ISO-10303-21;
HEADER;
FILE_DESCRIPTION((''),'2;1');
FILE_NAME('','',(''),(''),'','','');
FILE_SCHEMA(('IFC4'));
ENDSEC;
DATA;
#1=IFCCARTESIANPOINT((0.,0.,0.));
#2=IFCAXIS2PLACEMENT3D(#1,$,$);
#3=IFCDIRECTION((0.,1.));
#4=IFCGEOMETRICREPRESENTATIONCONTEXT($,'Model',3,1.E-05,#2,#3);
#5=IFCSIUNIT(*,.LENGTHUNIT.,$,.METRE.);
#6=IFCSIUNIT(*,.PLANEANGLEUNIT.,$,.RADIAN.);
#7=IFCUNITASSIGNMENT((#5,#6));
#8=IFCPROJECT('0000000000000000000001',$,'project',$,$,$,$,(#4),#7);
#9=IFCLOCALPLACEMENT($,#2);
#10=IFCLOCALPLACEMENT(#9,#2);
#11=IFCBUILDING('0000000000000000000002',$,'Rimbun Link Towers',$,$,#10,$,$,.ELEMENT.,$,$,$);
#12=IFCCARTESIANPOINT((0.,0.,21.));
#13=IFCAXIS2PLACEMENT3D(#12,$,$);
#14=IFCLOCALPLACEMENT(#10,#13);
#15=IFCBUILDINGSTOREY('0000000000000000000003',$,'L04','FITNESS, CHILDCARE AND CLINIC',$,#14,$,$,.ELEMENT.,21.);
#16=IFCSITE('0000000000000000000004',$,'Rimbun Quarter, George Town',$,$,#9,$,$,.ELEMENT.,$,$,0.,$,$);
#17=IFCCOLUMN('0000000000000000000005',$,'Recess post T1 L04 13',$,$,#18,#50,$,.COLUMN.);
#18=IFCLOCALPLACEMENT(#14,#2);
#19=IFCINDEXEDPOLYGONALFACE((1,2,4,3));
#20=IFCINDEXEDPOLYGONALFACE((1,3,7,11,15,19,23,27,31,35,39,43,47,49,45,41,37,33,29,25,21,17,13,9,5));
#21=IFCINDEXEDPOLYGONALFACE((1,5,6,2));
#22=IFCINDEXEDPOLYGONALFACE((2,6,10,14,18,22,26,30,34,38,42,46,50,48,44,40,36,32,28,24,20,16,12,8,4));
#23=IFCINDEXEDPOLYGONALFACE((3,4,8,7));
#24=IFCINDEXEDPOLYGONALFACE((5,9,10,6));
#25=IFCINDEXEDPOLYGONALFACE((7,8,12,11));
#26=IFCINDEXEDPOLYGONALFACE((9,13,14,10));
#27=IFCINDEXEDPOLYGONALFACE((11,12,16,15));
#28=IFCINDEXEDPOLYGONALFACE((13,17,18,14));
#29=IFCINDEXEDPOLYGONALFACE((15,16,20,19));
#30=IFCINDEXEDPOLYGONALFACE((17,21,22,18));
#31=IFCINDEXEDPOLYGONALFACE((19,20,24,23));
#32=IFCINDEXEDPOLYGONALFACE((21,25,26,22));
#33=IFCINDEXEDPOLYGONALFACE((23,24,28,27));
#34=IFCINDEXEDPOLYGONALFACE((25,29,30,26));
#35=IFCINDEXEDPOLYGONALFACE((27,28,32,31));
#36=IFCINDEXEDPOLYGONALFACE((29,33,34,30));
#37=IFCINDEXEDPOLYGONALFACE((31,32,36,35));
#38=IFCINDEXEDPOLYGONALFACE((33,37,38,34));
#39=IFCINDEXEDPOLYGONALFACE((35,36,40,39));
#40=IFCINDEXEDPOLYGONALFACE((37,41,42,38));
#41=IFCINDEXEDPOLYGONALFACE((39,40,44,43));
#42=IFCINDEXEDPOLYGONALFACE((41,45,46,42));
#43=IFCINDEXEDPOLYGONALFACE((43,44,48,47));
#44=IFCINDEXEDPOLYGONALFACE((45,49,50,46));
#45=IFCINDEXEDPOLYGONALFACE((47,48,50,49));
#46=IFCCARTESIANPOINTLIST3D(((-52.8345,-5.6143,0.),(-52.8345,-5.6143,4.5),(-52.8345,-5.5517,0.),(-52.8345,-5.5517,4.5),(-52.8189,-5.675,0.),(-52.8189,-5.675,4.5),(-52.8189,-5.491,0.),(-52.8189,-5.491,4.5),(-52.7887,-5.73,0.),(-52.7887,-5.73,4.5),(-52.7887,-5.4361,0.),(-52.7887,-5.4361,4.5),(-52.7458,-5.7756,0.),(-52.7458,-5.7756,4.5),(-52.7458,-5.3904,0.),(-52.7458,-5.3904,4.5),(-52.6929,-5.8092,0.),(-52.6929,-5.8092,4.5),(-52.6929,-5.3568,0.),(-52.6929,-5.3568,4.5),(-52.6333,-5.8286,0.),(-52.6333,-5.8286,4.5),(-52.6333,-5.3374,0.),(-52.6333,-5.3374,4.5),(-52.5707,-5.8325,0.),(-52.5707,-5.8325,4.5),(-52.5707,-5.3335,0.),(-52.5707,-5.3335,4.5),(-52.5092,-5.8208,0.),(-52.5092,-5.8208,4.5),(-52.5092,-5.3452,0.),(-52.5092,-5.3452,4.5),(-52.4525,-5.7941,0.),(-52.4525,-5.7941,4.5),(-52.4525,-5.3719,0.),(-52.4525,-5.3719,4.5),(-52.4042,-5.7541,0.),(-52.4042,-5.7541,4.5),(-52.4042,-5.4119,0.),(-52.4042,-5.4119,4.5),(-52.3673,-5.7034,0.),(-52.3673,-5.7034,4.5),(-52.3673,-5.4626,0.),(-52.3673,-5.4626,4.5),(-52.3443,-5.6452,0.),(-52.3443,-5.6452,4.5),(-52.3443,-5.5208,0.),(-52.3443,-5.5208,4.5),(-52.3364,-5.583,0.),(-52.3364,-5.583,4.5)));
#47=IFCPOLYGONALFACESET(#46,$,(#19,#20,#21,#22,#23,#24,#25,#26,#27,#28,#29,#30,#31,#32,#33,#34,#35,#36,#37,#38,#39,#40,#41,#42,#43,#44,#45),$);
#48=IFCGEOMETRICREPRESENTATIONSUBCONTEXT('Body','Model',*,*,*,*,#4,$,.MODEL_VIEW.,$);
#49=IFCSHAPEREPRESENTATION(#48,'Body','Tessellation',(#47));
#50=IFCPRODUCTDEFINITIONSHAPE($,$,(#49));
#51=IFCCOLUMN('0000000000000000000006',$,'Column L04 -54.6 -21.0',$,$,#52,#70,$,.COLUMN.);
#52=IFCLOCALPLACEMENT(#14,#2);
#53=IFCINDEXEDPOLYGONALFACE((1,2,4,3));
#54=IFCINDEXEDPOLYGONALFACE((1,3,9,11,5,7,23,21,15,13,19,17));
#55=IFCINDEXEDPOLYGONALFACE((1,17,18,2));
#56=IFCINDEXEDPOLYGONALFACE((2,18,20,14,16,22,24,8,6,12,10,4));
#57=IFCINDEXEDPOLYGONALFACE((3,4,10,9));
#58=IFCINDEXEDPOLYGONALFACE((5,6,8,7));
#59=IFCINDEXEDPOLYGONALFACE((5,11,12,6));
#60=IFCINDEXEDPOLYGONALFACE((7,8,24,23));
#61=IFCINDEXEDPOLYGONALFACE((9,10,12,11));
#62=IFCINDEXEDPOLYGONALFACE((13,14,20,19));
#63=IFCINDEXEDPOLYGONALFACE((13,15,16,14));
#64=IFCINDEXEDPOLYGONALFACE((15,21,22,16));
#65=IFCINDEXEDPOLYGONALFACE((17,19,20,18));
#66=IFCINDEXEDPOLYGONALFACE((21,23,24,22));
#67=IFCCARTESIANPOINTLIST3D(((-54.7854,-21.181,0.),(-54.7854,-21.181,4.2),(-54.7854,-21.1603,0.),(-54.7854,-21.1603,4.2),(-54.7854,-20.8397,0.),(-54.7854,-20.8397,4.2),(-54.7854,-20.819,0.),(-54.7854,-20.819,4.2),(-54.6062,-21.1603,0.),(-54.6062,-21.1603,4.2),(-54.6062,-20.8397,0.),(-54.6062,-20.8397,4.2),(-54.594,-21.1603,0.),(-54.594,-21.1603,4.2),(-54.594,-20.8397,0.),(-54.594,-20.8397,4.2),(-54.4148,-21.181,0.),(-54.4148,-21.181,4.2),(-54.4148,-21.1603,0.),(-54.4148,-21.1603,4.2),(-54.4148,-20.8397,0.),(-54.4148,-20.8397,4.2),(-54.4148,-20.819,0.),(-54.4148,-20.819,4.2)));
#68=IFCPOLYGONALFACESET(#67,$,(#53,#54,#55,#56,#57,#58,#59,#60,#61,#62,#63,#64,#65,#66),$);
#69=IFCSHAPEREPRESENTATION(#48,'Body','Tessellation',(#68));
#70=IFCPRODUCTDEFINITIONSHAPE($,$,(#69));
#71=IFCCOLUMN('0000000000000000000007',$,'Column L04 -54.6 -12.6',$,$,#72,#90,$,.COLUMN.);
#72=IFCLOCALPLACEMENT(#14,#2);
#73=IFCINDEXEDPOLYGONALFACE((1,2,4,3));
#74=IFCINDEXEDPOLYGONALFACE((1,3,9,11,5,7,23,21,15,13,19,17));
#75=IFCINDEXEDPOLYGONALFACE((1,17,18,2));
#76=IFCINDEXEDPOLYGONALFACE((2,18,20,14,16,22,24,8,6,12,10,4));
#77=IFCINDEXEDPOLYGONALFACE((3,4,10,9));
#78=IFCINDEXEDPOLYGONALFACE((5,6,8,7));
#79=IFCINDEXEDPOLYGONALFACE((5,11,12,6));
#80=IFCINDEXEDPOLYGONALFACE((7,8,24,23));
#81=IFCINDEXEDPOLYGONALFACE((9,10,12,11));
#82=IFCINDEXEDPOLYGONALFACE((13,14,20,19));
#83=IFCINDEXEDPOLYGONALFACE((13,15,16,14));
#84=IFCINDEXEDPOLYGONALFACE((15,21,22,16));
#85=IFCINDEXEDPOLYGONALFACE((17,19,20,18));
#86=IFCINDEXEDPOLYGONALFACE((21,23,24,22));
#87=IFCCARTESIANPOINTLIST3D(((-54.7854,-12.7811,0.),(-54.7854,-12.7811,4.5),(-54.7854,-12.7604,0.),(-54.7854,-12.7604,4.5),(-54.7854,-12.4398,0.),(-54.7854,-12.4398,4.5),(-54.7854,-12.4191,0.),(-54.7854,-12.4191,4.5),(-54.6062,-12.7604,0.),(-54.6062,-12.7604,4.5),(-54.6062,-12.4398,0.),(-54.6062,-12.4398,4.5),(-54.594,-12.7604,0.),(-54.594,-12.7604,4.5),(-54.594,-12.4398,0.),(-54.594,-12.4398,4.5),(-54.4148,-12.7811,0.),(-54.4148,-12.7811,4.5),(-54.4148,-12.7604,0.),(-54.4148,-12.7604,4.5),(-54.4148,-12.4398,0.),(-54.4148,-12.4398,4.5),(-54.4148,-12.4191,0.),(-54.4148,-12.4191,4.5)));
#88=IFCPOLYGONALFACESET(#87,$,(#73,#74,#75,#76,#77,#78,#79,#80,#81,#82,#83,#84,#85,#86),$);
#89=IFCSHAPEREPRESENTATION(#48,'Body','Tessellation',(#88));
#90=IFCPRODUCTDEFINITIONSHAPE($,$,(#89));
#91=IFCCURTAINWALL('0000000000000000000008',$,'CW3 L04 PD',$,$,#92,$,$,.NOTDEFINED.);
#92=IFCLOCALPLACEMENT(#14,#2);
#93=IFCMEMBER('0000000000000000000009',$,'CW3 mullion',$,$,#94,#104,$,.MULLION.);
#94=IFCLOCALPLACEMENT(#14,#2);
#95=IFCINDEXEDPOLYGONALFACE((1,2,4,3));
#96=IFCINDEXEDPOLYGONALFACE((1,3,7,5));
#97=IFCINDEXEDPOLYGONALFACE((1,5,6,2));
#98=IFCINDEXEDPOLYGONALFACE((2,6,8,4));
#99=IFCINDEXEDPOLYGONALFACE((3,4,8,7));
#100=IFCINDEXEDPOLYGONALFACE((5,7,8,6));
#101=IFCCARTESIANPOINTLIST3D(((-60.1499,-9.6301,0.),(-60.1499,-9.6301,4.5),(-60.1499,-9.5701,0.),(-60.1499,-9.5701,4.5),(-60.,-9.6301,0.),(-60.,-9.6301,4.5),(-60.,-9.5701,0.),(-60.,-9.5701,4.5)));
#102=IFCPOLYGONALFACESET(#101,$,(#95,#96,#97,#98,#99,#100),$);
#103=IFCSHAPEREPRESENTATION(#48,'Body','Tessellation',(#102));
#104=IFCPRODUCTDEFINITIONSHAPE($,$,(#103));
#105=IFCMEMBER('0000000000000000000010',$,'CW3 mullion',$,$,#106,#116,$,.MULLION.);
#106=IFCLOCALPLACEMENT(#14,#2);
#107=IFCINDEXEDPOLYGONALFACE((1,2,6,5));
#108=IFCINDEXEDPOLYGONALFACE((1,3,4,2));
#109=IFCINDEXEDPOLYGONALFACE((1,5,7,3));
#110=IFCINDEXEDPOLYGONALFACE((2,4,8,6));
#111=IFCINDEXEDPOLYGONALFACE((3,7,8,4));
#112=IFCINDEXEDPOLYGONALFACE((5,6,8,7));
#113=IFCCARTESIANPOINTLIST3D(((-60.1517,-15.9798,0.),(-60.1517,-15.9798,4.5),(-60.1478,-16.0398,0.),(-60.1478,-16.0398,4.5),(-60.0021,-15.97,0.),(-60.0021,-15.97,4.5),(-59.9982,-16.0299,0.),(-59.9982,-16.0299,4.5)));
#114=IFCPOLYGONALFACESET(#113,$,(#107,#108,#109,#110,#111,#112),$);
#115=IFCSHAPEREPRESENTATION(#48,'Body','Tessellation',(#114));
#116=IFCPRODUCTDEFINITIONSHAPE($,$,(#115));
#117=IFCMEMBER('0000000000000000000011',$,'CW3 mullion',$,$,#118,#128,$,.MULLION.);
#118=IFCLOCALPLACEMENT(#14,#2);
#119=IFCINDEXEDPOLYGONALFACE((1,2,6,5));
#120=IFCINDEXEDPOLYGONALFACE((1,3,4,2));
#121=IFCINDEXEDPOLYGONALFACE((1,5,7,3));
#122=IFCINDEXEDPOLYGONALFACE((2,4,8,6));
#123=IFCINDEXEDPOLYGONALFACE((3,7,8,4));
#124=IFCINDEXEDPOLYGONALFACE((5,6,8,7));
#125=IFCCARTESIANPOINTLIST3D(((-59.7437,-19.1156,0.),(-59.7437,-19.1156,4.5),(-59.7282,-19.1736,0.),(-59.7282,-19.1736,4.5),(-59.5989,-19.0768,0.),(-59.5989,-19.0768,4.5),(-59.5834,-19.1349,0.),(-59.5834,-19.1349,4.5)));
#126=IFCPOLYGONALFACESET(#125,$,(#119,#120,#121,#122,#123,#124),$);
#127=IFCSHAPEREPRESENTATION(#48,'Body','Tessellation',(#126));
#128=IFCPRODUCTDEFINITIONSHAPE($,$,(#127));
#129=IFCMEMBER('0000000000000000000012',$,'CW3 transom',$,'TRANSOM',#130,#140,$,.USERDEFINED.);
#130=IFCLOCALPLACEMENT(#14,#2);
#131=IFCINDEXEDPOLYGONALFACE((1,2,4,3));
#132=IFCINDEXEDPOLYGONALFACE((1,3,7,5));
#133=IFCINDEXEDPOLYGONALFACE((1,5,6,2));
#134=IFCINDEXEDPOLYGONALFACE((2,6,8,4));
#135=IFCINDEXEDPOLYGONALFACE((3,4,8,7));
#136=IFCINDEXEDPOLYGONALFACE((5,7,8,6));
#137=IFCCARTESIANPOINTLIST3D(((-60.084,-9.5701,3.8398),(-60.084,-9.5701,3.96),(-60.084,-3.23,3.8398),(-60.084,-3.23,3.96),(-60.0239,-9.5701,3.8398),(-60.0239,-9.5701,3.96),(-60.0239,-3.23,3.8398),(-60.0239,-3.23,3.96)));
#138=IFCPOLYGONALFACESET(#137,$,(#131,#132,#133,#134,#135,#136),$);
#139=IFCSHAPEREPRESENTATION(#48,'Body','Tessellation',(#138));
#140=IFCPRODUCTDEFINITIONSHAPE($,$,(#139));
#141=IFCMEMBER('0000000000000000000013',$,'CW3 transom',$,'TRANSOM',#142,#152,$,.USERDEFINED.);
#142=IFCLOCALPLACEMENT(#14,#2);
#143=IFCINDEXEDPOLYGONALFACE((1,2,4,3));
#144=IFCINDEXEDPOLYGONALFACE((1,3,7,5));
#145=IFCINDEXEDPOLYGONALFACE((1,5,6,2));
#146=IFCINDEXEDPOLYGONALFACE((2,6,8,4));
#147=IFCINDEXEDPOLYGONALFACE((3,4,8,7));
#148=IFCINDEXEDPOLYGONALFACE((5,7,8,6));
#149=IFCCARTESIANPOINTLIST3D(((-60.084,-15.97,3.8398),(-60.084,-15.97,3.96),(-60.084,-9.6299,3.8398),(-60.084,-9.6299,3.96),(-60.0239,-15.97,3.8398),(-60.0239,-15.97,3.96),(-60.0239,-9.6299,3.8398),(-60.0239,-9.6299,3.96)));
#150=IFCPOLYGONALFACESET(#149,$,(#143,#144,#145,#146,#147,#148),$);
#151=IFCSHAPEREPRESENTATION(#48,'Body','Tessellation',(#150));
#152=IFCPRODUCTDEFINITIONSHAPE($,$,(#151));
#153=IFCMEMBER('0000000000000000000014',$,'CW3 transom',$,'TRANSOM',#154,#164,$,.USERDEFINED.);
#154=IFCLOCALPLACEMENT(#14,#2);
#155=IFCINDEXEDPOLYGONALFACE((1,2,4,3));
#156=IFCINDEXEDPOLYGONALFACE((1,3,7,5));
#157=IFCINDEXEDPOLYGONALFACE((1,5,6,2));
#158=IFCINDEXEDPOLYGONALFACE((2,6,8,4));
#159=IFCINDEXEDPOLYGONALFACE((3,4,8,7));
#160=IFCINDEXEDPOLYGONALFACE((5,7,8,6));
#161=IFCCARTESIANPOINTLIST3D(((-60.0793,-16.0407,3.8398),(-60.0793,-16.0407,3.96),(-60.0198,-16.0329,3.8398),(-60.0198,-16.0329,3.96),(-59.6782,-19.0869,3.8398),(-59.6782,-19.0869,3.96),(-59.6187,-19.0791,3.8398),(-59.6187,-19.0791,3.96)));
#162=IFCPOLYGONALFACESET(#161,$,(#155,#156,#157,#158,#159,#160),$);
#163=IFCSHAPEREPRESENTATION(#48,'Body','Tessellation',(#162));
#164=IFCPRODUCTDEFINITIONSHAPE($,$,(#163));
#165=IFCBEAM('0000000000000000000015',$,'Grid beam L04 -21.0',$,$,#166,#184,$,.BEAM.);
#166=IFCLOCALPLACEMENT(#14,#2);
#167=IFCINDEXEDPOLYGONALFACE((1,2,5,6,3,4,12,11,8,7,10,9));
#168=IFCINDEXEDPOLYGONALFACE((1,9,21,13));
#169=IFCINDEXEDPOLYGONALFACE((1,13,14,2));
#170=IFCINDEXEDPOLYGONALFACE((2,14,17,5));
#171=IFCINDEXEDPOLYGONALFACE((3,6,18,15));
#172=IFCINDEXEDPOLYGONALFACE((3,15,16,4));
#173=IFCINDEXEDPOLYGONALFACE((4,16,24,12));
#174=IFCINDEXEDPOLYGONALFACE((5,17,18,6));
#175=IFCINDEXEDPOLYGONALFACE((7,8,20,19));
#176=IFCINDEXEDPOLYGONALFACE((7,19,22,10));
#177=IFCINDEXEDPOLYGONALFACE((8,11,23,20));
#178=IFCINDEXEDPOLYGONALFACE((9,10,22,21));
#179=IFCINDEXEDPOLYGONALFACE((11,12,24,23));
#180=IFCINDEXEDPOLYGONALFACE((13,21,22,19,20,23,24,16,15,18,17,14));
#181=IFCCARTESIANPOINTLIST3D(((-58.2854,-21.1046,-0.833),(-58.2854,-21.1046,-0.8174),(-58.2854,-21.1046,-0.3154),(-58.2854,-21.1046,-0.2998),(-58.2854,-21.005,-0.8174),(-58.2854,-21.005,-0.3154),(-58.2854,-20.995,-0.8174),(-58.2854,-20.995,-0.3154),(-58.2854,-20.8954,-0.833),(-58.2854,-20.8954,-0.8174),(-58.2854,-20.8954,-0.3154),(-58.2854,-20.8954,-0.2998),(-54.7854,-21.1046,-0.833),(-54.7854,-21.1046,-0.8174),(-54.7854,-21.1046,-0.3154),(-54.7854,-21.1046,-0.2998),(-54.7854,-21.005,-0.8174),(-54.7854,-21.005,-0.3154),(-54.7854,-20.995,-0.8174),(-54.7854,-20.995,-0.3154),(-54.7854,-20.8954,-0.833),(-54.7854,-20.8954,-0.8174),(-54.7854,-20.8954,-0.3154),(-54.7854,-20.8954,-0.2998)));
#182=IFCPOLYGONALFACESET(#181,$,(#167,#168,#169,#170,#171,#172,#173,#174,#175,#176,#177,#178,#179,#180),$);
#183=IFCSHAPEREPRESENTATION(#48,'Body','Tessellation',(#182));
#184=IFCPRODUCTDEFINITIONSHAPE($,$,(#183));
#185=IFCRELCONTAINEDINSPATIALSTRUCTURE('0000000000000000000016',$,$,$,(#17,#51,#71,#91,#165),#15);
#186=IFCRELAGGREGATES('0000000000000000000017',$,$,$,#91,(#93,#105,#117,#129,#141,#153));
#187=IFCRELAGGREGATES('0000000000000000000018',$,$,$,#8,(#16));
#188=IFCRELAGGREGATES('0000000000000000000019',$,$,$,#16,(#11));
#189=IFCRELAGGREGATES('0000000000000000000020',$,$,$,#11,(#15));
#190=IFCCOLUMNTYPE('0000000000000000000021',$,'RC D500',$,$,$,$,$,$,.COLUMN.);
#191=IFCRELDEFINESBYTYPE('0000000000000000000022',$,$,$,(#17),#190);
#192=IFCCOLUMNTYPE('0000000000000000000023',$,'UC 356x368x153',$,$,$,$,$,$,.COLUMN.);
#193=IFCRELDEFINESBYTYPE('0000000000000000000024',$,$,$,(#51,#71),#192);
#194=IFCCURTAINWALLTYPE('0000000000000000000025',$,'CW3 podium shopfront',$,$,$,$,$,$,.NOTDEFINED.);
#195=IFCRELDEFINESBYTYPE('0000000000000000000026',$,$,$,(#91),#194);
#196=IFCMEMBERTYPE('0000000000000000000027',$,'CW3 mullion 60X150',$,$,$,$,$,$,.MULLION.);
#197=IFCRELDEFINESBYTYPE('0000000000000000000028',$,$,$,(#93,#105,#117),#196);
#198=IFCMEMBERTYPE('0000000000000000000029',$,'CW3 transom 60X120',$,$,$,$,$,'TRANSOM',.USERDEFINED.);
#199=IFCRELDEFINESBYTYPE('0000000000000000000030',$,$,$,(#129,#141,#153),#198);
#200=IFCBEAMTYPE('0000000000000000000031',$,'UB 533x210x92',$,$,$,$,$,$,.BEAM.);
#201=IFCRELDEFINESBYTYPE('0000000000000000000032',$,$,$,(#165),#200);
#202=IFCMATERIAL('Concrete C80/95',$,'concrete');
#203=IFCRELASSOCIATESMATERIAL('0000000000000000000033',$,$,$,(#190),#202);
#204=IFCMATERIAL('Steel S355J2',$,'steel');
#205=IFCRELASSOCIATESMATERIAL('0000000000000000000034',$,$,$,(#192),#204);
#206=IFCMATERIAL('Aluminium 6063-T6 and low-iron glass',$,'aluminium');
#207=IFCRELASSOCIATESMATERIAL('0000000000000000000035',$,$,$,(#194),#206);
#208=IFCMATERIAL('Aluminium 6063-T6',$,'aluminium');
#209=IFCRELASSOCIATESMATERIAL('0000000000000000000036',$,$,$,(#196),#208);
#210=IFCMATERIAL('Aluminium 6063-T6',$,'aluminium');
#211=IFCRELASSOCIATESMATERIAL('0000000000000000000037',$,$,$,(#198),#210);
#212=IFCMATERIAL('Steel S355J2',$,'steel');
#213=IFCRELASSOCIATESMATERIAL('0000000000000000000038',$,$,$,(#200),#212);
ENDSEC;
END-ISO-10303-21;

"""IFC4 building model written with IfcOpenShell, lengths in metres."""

from ifc_helpers import new_model, si_unit, direction, frame, origin, origin_2d, place, context, subcontext, project, spatial, rectangle, circle, i_section, extrude, material, material_profile, profile_set, type_object, element, aggregate, save


model = new_model("IFC4")

# Units and contexts
model_context = context("Model", 3, precision=1e-05, world=origin(), true_north=direction((0.0, 1.0)))
body_context = subcontext(model_context, "Body", "Model", "MODEL_VIEW")
ifc_project = project(units=[si_unit("LENGTHUNIT", "METRE"), si_unit("PLANEANGLEUNIT", "RADIAN")], contexts=[model_context])

# Site, building, storey
site_placement = place(None, origin())
site = spatial("IfcSite", under=ifc_project, at=site_placement, Name="Rimbun Quarter, George Town", CompositionType="ELEMENT", RefElevation=0.0)
building_placement = place(site_placement, origin())
building = spatial("IfcBuilding", under=site, at=building_placement, Name="Rimbun Link Towers", CompositionType="ELEMENT")
storey_placement = place(building_placement, frame((0.0, 0.0, 21.0)))
storey = spatial("IfcBuildingStorey", under=building, at=storey_placement, Name="L04", Description="FITNESS, CHILDCARE AND CLINIC", CompositionType="ELEMENT", Elevation=21.0)

# Columns
ifc_material_1 = material(Name="Concrete C80/95", Category="concrete")
ifc_material_profile_1 = material_profile(ifc_material_1, circle(Radius=0.25, at=origin_2d()), Name="RC D500")
ifc_profile_set_1 = profile_set([ifc_material_profile_1], Name="Concrete C80/95")
column_type_1 = type_object("IfcColumnType", Name="RC D500", PredefinedType="COLUMN", material=ifc_profile_set_1)
column_1_placement = place(storey_placement, frame((-52.5864, -5.583, 0.0), z_axis=(0.0, 0.0, 1.0), x_axis=(1.0, 0.0, 0.0)))
element("IfcColumn", 1, at=column_1_placement, inside=storey, type_object=column_type_1, Name="Recess post T1 L04 13", PredefinedType="COLUMN", context=body_context, shape_type="SweptSolid", body=[
    extrude(circle(Radius=0.25, at=origin_2d()), origin(), (0.0, 0.0, 1.0), 4.5),
])
ifc_material_2 = material(Name="Steel S355J2", Category="steel")
ifc_material_profile_2 = material_profile(ifc_material_2, i_section(OverallWidth=0.3706, OverallDepth=0.3621, WebThickness=0.0122, FlangeThickness=0.0208, at=origin_2d()), Name="UC 356x368x153")
ifc_profile_set_2 = profile_set([ifc_material_profile_2], Name="Steel S355J2")
column_type_2 = type_object("IfcColumnType", Name="UC 356x368x153", PredefinedType="COLUMN", material=ifc_profile_set_2)
column_2_placement = place(storey_placement, frame((-54.6001, -21.0, 0.0), z_axis=(0.0, 0.0, 1.0), x_axis=(1.0, 0.0, 0.0)))
element("IfcColumn", 2, at=column_2_placement, inside=storey, type_object=column_type_2, Name="Column L04 -54.6 -21.0", PredefinedType="COLUMN", context=body_context, shape_type="SweptSolid", body=[
    extrude(i_section(OverallWidth=0.3706, OverallDepth=0.3621, WebThickness=0.0122, FlangeThickness=0.0208, at=origin_2d()), origin(), (0.0, 0.0, 1.0), 4.2),
])
column_3_placement = place(storey_placement, frame((-54.6001, -12.6001, 0.0), z_axis=(0.0, 0.0, 1.0), x_axis=(1.0, 0.0, 0.0)))
element("IfcColumn", 3, at=column_3_placement, inside=storey, type_object=column_type_2, Name="Column L04 -54.6 -12.6", PredefinedType="COLUMN", context=body_context, shape_type="SweptSolid", body=[
    extrude(i_section(OverallWidth=0.3706, OverallDepth=0.3621, WebThickness=0.0122, FlangeThickness=0.0208, at=origin_2d()), origin(), (0.0, 0.0, 1.0), 4.5),
])

# Curtain wall, members
ifc_material_3 = material(Name="Aluminium 6063-T6 and low-iron glass", Category="aluminium")
curtain_wall_type = type_object("IfcCurtainWallType", Name="CW3 podium shopfront", PredefinedType="NOTDEFINED", material=ifc_material_3)
curtain_wall_placement = place(storey_placement, origin())
curtain_wall = element("IfcCurtainWall", 4, at=curtain_wall_placement, inside=storey, type_object=curtain_wall_type, Name="CW3 L04 PD", PredefinedType="NOTDEFINED")
ifc_material_4 = material(Name="Aluminium 6063-T6", Category="aluminium")
ifc_material_profile_3 = material_profile(ifc_material_4, rectangle(XDim=0.1499, YDim=0.0601, at=origin_2d()), Name="MULLION 60X150")
ifc_profile_set_3 = profile_set([ifc_material_profile_3], Name="Aluminium 6063-T6")
member_type_1 = type_object("IfcMemberType", Name="CW3 mullion 60X150", PredefinedType="MULLION", material=ifc_profile_set_3)
member_1_placement = place(storey_placement, frame((-60.075, -9.6001, 0.0), z_axis=(0.0, 0.0, 1.0), x_axis=(-1.0, 0.0, 0.0)))
member_1 = element("IfcMember", 5, at=member_1_placement, type_object=member_type_1, Name="CW3 mullion", PredefinedType="MULLION", context=body_context, shape_type="SweptSolid", body=[
    extrude(rectangle(XDim=0.1499, YDim=0.0601, at=origin_2d()), origin(), (0.0, 0.0, 1.0), 4.5),
])
member_2_placement = place(storey_placement, frame((-60.075, -16.0049, 0.0), z_axis=(0.0, 0.0, 1.0), x_axis=(-0.997859, -0.065405, 0.0)))
member_2 = element("IfcMember", 6, at=member_2_placement, type_object=member_type_1, Name="CW3 mullion", PredefinedType="MULLION", context=body_context, shape_type="SweptSolid", body=[
    extrude(rectangle(XDim=0.1499, YDim=0.0601, at=origin_2d()), origin(), (0.0, 0.0, 1.0), 4.5),
])
member_3_placement = place(storey_placement, frame((-59.6636, -19.1252, 0.0), z_axis=(0.0, 0.0, 1.0), x_axis=(-0.965926, -0.258819, 0.0)))
member_3 = element("IfcMember", 7, at=member_3_placement, type_object=member_type_1, Name="CW3 mullion", PredefinedType="MULLION", context=body_context, shape_type="SweptSolid", body=[
    extrude(rectangle(XDim=0.1499, YDim=0.0601, at=origin_2d()), origin(), (0.0, 0.0, 1.0), 4.5),
])
ifc_material_5 = material(Name="Aluminium 6063-T6", Category="aluminium")
ifc_material_profile_4 = material_profile(ifc_material_5, rectangle(XDim=0.0601, YDim=0.1201, at=origin_2d()), Name="TRANSOM 60X120")
ifc_profile_set_4 = profile_set([ifc_material_profile_4], Name="Aluminium 6063-T6")
member_type_2 = type_object("IfcMemberType", Name="CW3 transom 60X120", ElementType="TRANSOM", PredefinedType="USERDEFINED", material=ifc_profile_set_4)
member_4_placement = place(storey_placement, frame((-60.054, -9.5701, 3.8999), z_axis=(0.0, 1.0, 0.0), x_axis=(-1.0, 0.0, 0.0)))
member_4 = element("IfcMember", 8, at=member_4_placement, type_object=member_type_2, Name="CW3 transom", ObjectType="TRANSOM", PredefinedType="USERDEFINED", context=body_context, shape_type="SweptSolid", body=[
    extrude(rectangle(XDim=0.0601, YDim=0.1201, at=origin_2d()), origin(), (0.0, 0.0, 1.0), 6.3401),
])
member_5_placement = place(storey_placement, frame((-60.054, -15.97, 3.8999), z_axis=(0.0, 1.0, 0.0), x_axis=(-1.0, 0.0, 0.0)))
member_5 = element("IfcMember", 9, at=member_5_placement, type_object=member_type_2, Name="CW3 transom", ObjectType="TRANSOM", PredefinedType="USERDEFINED", context=body_context, shape_type="SweptSolid", body=[
    extrude(rectangle(XDim=0.0601, YDim=0.1201, at=origin_2d()), origin(), (0.0, 0.0, 1.0), 6.3401),
])
member_6_placement = place(storey_placement, frame((-59.6484, -19.083, 3.8999), z_axis=(-0.130555, 0.991441, 0.0), x_axis=(-0.991441, -0.130555, 0.0)))
member_6 = element("IfcMember", 10, at=member_6_placement, type_object=member_type_2, Name="CW3 transom", ObjectType="TRANSOM", PredefinedType="USERDEFINED", context=body_context, shape_type="SweptSolid", body=[
    extrude(rectangle(XDim=0.0601, YDim=0.1201, at=origin_2d()), origin(), (0.0, 0.0, 1.0), 3.0725),
])

# Beam
ifc_material_6 = material(Name="Steel S355J2", Category="steel")
ifc_material_profile_5 = material_profile(ifc_material_6, i_section(OverallWidth=0.2092, OverallDepth=0.5332, WebThickness=0.01, FlangeThickness=0.0156, at=origin_2d()), Name="UB 533x210x92")
ifc_profile_set_5 = profile_set([ifc_material_profile_5], Name="Steel S355J2")
beam_type_1 = type_object("IfcBeamType", Name="UB 533x210x92", PredefinedType="BEAM", material=ifc_profile_set_5)
for number, where, z_axis, x_axis, name in (
    (11, (-58.2854, -21.0, -0.5664), (1.0, 0.0, 0.0), (0.0, 1.0, 0.0), "Grid beam L04 -21.0"),
):
    element("IfcBeam", number, at=place(storey_placement, frame(where, z_axis=z_axis, x_axis=x_axis)), inside=storey, type_object=beam_type_1, Name=name, PredefinedType="BEAM", context=body_context, shape_type="SweptSolid", body=[
        extrude(i_section(OverallWidth=0.2092, OverallDepth=0.5332, WebThickness=0.01, FlangeThickness=0.0156, at=origin_2d()), origin(), (0.0, 0.0, 1.0), 3.5),
    ])

aggregate(curtain_wall, [member_1, member_2, member_3, member_4, member_5, member_6])

save(model, "model.ifc")
